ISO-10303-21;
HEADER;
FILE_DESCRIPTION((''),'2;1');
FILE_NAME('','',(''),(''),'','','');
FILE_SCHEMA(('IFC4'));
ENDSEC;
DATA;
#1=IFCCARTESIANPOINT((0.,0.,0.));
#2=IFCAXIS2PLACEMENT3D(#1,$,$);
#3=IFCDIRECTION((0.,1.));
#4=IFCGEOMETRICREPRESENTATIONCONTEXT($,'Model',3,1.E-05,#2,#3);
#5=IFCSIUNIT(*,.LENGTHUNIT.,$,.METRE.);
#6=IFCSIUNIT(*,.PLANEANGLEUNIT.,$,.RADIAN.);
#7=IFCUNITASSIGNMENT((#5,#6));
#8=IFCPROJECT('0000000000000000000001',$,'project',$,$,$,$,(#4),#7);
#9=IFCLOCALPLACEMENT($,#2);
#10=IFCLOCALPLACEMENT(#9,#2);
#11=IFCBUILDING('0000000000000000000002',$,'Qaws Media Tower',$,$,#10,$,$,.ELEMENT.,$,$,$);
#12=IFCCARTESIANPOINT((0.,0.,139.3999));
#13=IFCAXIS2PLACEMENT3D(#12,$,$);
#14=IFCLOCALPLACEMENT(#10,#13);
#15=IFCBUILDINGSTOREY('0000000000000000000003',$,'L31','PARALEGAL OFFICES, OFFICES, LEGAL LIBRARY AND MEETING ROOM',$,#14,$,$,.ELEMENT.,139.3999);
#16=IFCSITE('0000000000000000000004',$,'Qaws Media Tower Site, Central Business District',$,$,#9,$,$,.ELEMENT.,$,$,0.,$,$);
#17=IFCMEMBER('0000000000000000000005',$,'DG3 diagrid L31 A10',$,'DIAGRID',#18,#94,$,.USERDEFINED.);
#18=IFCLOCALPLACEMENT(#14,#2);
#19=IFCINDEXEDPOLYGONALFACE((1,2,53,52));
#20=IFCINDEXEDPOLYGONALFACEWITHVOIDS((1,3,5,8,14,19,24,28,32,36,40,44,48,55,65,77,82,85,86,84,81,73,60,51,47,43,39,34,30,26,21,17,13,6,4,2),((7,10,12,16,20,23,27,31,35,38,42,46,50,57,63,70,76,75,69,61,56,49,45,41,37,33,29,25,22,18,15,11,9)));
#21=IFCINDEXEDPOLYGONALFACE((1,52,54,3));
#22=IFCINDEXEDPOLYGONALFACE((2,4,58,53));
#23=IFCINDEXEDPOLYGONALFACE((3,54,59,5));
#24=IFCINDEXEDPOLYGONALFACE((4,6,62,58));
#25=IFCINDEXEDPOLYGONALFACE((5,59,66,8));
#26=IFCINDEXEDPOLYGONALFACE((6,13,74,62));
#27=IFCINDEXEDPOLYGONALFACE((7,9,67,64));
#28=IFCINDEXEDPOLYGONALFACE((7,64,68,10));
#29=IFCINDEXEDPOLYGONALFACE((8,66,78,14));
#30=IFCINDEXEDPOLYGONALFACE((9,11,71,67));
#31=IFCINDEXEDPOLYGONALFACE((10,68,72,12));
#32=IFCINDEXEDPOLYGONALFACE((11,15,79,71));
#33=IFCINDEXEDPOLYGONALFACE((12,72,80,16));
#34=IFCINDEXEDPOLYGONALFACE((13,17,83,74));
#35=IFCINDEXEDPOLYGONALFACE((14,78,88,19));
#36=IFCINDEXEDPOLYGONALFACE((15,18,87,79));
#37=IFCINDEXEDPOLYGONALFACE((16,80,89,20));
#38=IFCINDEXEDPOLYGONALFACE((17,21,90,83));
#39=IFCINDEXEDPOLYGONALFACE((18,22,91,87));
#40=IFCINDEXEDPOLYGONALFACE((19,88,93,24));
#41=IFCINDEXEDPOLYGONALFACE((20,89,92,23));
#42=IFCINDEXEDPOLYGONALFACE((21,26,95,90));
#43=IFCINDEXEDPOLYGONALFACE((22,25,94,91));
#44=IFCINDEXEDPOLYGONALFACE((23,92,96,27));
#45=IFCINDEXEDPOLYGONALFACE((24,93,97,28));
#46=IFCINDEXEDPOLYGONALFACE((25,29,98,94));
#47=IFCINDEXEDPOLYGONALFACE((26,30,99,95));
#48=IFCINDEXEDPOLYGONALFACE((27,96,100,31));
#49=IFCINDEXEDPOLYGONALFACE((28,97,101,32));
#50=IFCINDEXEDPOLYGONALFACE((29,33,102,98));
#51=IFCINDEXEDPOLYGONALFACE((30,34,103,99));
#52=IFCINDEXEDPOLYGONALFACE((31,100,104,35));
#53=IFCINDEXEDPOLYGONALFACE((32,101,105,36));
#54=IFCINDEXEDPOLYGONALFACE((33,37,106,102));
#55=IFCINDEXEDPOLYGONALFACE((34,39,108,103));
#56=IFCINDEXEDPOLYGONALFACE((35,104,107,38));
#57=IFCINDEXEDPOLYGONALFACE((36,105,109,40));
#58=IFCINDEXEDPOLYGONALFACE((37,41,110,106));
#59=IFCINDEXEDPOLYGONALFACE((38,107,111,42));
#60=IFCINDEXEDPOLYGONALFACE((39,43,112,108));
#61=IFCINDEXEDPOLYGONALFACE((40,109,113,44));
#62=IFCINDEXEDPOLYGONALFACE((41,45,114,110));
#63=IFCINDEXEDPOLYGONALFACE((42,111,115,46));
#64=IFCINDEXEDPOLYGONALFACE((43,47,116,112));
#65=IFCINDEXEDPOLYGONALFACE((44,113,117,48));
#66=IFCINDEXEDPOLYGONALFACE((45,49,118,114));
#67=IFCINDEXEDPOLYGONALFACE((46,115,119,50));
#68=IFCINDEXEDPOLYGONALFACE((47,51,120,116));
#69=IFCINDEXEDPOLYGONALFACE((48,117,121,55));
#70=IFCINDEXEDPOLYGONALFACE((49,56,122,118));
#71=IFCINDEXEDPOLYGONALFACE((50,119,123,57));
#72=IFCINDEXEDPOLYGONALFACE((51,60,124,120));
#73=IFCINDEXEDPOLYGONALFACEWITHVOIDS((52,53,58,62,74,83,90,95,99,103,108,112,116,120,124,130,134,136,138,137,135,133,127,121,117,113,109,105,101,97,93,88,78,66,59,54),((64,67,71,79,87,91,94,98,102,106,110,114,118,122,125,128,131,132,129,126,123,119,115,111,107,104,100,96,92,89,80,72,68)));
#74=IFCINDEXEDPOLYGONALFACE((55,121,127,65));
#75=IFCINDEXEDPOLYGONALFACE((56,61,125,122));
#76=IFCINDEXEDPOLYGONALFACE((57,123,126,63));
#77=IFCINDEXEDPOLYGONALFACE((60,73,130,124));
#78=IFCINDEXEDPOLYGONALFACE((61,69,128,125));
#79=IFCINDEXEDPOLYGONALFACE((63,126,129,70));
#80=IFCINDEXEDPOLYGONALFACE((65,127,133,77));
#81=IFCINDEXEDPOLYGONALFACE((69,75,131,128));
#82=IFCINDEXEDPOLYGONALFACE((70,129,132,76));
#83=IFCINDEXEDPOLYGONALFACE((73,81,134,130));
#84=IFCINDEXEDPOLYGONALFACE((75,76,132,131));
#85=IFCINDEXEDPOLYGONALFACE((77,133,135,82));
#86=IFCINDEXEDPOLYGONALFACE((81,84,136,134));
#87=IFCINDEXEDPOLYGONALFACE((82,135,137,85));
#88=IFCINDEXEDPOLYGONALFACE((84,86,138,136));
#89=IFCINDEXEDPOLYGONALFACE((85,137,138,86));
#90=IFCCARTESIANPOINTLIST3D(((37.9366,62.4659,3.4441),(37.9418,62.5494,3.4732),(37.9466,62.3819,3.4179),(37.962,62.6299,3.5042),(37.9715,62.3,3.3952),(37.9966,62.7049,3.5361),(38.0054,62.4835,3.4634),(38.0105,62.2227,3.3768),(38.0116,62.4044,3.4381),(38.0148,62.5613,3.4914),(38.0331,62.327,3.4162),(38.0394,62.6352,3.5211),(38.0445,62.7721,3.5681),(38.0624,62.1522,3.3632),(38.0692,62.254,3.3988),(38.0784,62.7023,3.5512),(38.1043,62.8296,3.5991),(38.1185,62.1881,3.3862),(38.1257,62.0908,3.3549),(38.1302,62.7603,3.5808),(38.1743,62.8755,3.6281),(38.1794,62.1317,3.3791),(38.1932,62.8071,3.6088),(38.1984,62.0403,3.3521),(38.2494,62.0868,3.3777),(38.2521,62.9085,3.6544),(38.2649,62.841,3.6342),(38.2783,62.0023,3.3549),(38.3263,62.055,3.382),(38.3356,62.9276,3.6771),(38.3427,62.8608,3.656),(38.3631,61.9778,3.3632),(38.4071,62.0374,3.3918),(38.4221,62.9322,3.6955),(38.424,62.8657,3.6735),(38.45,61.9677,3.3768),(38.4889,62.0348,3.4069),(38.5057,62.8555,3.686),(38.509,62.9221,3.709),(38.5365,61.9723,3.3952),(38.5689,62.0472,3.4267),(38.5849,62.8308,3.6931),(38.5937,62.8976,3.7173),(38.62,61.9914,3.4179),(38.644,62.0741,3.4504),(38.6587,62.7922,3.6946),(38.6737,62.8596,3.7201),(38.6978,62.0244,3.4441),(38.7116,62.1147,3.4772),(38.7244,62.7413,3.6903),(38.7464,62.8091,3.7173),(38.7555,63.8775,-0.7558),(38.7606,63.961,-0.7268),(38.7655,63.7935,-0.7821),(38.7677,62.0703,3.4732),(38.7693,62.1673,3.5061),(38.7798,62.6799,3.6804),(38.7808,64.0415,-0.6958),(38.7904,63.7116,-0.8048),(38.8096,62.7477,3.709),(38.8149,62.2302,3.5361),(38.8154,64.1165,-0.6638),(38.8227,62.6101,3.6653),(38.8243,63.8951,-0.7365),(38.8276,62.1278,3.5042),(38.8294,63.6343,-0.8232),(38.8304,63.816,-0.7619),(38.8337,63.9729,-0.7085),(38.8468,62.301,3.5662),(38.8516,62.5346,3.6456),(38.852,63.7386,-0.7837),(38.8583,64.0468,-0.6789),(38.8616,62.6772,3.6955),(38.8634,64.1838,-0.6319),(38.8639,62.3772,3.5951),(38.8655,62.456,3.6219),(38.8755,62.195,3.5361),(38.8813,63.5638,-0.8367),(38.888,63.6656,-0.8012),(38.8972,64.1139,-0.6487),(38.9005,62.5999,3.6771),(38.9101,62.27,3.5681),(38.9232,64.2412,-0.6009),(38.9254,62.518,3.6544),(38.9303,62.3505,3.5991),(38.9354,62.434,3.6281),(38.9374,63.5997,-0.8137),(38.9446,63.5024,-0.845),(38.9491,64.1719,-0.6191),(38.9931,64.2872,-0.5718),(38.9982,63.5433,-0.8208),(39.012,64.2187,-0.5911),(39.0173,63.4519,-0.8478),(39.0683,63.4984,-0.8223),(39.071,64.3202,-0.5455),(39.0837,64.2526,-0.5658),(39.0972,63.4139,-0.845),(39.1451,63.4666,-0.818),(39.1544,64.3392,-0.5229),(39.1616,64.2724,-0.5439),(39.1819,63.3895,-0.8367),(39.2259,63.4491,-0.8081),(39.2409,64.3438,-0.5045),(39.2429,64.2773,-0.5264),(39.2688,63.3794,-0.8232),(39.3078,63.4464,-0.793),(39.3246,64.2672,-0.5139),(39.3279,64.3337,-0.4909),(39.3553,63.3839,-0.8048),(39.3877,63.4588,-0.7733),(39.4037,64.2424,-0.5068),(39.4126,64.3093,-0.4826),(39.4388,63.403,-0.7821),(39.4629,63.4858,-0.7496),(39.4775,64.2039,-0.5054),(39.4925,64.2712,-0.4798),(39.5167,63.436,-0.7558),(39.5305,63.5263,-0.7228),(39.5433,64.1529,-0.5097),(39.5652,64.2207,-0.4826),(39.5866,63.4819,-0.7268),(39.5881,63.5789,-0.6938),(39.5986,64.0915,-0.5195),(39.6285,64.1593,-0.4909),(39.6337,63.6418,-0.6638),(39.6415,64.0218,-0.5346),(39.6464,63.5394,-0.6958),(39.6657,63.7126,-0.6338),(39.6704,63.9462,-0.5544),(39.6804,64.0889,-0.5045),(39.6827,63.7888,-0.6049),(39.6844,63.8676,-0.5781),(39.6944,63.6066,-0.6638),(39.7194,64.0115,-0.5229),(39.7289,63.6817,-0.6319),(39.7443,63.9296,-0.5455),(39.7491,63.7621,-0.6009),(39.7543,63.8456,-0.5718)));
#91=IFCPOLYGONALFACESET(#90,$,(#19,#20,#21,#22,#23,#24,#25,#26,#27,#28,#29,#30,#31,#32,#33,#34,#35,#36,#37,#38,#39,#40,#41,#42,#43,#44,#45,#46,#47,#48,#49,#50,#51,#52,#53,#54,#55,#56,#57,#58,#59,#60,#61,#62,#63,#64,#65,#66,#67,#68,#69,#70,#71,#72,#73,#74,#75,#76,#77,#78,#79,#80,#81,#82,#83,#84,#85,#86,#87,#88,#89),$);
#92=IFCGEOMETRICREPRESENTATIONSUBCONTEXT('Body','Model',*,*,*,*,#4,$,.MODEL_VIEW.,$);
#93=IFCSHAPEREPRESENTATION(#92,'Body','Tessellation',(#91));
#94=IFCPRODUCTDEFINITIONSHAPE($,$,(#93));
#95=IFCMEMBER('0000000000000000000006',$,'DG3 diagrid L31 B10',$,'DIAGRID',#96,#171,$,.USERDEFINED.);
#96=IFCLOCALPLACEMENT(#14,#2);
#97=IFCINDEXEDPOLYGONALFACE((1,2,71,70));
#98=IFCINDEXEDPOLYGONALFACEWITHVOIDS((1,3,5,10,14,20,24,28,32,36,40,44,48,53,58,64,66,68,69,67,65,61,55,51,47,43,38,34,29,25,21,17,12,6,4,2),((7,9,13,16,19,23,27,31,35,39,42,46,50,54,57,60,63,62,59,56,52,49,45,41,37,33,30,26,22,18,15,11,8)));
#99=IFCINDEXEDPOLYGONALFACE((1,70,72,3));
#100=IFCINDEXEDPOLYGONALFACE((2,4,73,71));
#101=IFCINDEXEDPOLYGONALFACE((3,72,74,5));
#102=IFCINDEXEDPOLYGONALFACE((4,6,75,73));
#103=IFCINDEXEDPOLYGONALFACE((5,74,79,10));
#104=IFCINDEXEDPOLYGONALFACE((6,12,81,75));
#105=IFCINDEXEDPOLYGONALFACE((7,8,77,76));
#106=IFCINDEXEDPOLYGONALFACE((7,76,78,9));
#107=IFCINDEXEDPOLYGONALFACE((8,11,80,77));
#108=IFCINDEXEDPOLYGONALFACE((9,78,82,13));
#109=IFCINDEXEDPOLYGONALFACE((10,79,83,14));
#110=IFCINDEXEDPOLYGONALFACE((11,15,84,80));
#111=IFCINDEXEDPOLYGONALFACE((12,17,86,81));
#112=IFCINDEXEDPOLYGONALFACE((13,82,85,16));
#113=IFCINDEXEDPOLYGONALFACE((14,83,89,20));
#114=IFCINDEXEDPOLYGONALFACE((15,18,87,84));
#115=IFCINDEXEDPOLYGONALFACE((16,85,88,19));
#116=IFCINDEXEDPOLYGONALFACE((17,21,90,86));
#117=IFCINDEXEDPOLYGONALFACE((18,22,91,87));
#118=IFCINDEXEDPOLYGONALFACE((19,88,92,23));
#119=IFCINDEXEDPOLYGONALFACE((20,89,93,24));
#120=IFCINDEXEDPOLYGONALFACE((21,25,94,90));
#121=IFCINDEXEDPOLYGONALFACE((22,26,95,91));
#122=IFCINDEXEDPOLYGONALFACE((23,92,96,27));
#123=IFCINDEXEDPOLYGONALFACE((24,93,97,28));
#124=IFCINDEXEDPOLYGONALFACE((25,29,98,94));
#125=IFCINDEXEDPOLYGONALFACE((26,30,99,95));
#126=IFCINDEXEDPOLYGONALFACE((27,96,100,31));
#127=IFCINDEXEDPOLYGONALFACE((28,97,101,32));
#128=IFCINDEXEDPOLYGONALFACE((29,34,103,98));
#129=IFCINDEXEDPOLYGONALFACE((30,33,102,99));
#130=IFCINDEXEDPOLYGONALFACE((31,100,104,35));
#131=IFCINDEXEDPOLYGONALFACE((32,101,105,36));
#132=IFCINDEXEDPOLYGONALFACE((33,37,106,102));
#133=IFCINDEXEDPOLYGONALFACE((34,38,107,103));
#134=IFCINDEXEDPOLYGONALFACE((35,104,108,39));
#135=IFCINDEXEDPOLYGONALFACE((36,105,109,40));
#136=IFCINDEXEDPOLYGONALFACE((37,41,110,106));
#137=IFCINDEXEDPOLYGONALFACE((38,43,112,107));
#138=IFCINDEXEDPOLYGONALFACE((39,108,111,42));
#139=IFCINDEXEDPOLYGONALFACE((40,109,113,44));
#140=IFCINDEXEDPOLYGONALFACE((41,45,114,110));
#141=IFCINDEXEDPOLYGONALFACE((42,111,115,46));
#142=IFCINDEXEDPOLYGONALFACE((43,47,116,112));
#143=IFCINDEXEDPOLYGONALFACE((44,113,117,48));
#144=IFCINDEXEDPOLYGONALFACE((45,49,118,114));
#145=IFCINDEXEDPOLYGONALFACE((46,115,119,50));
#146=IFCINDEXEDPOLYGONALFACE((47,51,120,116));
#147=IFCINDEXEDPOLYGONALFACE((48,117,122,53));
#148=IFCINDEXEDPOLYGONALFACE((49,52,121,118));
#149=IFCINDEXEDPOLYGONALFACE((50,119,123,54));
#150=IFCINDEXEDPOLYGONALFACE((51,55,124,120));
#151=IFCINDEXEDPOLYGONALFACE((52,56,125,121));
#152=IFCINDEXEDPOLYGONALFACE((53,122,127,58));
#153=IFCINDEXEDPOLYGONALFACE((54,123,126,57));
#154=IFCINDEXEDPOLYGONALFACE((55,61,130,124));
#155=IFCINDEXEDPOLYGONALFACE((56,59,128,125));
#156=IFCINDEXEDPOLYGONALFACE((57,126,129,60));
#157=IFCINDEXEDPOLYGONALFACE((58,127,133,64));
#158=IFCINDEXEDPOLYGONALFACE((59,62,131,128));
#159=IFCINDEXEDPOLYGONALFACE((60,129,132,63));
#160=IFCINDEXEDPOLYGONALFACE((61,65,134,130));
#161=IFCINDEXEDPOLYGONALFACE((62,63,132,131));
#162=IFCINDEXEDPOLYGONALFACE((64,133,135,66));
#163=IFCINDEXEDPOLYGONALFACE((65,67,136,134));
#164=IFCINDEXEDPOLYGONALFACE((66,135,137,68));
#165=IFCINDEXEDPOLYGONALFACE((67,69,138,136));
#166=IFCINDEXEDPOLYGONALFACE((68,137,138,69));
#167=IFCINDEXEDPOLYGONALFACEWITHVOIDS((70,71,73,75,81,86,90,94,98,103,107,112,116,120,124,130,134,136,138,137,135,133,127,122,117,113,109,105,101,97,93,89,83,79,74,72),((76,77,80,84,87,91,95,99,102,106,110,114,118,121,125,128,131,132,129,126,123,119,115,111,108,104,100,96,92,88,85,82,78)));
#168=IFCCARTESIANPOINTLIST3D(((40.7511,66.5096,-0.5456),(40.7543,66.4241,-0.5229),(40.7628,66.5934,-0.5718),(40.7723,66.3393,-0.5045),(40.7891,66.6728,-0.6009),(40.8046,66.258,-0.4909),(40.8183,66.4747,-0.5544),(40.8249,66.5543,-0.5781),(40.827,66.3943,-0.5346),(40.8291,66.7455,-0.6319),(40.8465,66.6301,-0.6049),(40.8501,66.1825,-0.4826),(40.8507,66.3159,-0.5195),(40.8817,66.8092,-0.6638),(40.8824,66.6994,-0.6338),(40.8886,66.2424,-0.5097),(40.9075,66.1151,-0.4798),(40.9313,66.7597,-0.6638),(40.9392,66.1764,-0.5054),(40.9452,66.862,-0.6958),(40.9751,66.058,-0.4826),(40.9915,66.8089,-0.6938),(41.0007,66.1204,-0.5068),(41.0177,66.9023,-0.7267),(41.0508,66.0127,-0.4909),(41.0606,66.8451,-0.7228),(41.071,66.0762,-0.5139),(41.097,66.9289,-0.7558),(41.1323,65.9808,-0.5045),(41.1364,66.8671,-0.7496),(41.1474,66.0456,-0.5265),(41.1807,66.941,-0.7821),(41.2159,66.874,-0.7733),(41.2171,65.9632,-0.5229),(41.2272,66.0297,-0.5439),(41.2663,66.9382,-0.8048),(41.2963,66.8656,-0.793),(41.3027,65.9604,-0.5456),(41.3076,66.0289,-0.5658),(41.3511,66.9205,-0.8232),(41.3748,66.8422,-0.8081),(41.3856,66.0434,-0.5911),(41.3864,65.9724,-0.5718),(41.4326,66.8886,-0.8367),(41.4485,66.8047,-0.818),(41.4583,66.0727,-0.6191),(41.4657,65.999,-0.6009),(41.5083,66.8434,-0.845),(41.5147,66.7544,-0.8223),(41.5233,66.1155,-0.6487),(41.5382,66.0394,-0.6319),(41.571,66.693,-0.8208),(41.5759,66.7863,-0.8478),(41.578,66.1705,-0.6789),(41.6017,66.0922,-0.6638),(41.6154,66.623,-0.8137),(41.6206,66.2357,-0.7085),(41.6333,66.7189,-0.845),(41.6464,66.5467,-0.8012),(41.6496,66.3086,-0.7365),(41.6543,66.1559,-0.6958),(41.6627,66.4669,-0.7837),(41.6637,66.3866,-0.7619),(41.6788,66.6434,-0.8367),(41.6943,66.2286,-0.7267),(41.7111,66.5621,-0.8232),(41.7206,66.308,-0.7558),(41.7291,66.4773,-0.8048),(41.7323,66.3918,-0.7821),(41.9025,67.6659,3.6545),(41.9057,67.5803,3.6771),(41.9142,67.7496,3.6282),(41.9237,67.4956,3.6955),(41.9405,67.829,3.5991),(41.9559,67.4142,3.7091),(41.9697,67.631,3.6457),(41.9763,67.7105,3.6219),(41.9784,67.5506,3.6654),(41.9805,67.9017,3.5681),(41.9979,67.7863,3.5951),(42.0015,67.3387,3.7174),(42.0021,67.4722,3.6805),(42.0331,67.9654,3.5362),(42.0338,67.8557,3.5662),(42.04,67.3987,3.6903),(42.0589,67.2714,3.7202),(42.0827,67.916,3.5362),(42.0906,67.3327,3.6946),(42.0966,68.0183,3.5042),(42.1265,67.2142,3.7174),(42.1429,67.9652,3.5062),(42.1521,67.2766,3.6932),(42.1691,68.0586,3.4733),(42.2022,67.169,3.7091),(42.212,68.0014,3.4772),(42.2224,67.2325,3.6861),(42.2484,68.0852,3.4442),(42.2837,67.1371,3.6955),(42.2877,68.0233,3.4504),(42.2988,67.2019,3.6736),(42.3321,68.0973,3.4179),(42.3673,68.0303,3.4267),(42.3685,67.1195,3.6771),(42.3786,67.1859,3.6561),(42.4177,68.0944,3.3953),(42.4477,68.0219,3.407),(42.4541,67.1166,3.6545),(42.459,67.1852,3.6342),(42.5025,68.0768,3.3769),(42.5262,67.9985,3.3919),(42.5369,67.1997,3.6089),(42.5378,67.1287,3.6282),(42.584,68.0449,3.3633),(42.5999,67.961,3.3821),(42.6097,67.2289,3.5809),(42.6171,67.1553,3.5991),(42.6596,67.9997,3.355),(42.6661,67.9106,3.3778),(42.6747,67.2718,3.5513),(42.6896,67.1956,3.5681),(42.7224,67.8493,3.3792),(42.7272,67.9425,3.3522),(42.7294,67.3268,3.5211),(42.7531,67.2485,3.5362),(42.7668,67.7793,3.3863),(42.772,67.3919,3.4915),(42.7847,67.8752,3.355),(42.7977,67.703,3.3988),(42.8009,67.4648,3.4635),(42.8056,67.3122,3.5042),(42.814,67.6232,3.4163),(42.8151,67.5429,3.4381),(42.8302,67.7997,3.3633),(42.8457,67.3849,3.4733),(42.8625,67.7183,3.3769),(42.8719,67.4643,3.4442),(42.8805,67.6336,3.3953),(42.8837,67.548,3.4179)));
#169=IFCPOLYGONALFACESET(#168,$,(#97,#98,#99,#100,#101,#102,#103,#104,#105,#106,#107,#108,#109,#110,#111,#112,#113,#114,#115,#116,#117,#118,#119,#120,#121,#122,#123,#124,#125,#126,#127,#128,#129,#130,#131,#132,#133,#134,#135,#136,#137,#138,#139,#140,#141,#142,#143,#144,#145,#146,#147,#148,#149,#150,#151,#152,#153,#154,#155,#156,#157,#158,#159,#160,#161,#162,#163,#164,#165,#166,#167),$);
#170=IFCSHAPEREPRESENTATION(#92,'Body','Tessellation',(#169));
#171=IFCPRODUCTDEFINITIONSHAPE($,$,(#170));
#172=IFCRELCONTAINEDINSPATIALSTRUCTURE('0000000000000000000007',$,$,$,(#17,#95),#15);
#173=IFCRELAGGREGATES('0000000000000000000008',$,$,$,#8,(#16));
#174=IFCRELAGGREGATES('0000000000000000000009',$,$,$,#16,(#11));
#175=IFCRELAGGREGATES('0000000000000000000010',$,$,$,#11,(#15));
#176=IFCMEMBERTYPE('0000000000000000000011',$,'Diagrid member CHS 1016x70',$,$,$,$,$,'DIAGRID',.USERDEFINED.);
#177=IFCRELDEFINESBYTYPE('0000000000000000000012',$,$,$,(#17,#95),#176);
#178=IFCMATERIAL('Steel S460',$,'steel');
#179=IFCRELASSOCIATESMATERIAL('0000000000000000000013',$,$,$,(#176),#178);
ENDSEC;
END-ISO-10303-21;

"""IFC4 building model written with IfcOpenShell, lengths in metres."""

from ifc_helpers import new_model, si_unit, direction, frame, origin, origin_2d, place, context, subcontext, project, spatial, hollow_circle, extrude, material, material_profile, profile_set, type_object, element, save


model = new_model("IFC4")

# Units and contexts
model_context = context("Model", 3, precision=1e-05, world=origin(), true_north=direction((0.0, 1.0)))
body_context = subcontext(model_context, "Body", "Model", "MODEL_VIEW")
ifc_project = project(units=[si_unit("LENGTHUNIT", "METRE"), si_unit("PLANEANGLEUNIT", "RADIAN")], contexts=[model_context])

# Site, building, storey
site_placement = place(None, origin())
site = spatial("IfcSite", under=ifc_project, at=site_placement, Name="Qaws Media Tower Site, Central Business District", CompositionType="ELEMENT", RefElevation=0.0)
building_placement = place(site_placement, origin())
building = spatial("IfcBuilding", under=site, at=building_placement, Name="Qaws Media Tower", CompositionType="ELEMENT")
storey_placement = place(building_placement, frame((0.0, 0.0, 139.3999)))
storey = spatial("IfcBuildingStorey", under=building, at=storey_placement, Name="L31", Description="PARALEGAL OFFICES, OFFICES, LEGAL LIBRARY AND MEETING ROOM", CompositionType="ELEMENT", Elevation=139.3999)

# Members
ifc_material_1 = material(Name="Steel S460", Category="steel")
ifc_material_profile_1 = material_profile(ifc_material_1, hollow_circle(Radius=0.5081, WallThickness=0.0701, at=origin_2d()), Name="CHS 1016x70")
ifc_profile_set_1 = profile_set([ifc_material_profile_1], Name="Steel S460")
member_type_1 = type_object("IfcMemberType", Name="Diagrid member CHS 1016x70", ElementType="DIAGRID", PredefinedType="USERDEFINED", material=ifc_profile_set_1)
for number, where, z_axis, x_axis, name in (
    (1, (39.2549, 63.8616, -0.6638), (-0.181729, -0.313286, 0.932109), (0.865003, -0.501767, 0.0), "DG3 diagrid L31 A10"),
    (2, (41.2417, 66.4507, -0.6638), (0.255531, 0.256614, 0.932123), (-0.708601, 0.705609, 0.0), "DG3 diagrid L31 B10"),
):
    element("IfcMember", number, at=place(storey_placement, frame(where, z_axis=z_axis, x_axis=x_axis)), inside=storey, type_object=member_type_1, Name=name, ObjectType="DIAGRID", PredefinedType="USERDEFINED", context=body_context, shape_type="SweptSolid", body=[
        extrude(hollow_circle(Radius=0.5081, WallThickness=0.0701, at=origin_2d()), origin(), (0.0, 0.0, 1.0), 4.5059),
    ])

save(model, "model.ifc")
